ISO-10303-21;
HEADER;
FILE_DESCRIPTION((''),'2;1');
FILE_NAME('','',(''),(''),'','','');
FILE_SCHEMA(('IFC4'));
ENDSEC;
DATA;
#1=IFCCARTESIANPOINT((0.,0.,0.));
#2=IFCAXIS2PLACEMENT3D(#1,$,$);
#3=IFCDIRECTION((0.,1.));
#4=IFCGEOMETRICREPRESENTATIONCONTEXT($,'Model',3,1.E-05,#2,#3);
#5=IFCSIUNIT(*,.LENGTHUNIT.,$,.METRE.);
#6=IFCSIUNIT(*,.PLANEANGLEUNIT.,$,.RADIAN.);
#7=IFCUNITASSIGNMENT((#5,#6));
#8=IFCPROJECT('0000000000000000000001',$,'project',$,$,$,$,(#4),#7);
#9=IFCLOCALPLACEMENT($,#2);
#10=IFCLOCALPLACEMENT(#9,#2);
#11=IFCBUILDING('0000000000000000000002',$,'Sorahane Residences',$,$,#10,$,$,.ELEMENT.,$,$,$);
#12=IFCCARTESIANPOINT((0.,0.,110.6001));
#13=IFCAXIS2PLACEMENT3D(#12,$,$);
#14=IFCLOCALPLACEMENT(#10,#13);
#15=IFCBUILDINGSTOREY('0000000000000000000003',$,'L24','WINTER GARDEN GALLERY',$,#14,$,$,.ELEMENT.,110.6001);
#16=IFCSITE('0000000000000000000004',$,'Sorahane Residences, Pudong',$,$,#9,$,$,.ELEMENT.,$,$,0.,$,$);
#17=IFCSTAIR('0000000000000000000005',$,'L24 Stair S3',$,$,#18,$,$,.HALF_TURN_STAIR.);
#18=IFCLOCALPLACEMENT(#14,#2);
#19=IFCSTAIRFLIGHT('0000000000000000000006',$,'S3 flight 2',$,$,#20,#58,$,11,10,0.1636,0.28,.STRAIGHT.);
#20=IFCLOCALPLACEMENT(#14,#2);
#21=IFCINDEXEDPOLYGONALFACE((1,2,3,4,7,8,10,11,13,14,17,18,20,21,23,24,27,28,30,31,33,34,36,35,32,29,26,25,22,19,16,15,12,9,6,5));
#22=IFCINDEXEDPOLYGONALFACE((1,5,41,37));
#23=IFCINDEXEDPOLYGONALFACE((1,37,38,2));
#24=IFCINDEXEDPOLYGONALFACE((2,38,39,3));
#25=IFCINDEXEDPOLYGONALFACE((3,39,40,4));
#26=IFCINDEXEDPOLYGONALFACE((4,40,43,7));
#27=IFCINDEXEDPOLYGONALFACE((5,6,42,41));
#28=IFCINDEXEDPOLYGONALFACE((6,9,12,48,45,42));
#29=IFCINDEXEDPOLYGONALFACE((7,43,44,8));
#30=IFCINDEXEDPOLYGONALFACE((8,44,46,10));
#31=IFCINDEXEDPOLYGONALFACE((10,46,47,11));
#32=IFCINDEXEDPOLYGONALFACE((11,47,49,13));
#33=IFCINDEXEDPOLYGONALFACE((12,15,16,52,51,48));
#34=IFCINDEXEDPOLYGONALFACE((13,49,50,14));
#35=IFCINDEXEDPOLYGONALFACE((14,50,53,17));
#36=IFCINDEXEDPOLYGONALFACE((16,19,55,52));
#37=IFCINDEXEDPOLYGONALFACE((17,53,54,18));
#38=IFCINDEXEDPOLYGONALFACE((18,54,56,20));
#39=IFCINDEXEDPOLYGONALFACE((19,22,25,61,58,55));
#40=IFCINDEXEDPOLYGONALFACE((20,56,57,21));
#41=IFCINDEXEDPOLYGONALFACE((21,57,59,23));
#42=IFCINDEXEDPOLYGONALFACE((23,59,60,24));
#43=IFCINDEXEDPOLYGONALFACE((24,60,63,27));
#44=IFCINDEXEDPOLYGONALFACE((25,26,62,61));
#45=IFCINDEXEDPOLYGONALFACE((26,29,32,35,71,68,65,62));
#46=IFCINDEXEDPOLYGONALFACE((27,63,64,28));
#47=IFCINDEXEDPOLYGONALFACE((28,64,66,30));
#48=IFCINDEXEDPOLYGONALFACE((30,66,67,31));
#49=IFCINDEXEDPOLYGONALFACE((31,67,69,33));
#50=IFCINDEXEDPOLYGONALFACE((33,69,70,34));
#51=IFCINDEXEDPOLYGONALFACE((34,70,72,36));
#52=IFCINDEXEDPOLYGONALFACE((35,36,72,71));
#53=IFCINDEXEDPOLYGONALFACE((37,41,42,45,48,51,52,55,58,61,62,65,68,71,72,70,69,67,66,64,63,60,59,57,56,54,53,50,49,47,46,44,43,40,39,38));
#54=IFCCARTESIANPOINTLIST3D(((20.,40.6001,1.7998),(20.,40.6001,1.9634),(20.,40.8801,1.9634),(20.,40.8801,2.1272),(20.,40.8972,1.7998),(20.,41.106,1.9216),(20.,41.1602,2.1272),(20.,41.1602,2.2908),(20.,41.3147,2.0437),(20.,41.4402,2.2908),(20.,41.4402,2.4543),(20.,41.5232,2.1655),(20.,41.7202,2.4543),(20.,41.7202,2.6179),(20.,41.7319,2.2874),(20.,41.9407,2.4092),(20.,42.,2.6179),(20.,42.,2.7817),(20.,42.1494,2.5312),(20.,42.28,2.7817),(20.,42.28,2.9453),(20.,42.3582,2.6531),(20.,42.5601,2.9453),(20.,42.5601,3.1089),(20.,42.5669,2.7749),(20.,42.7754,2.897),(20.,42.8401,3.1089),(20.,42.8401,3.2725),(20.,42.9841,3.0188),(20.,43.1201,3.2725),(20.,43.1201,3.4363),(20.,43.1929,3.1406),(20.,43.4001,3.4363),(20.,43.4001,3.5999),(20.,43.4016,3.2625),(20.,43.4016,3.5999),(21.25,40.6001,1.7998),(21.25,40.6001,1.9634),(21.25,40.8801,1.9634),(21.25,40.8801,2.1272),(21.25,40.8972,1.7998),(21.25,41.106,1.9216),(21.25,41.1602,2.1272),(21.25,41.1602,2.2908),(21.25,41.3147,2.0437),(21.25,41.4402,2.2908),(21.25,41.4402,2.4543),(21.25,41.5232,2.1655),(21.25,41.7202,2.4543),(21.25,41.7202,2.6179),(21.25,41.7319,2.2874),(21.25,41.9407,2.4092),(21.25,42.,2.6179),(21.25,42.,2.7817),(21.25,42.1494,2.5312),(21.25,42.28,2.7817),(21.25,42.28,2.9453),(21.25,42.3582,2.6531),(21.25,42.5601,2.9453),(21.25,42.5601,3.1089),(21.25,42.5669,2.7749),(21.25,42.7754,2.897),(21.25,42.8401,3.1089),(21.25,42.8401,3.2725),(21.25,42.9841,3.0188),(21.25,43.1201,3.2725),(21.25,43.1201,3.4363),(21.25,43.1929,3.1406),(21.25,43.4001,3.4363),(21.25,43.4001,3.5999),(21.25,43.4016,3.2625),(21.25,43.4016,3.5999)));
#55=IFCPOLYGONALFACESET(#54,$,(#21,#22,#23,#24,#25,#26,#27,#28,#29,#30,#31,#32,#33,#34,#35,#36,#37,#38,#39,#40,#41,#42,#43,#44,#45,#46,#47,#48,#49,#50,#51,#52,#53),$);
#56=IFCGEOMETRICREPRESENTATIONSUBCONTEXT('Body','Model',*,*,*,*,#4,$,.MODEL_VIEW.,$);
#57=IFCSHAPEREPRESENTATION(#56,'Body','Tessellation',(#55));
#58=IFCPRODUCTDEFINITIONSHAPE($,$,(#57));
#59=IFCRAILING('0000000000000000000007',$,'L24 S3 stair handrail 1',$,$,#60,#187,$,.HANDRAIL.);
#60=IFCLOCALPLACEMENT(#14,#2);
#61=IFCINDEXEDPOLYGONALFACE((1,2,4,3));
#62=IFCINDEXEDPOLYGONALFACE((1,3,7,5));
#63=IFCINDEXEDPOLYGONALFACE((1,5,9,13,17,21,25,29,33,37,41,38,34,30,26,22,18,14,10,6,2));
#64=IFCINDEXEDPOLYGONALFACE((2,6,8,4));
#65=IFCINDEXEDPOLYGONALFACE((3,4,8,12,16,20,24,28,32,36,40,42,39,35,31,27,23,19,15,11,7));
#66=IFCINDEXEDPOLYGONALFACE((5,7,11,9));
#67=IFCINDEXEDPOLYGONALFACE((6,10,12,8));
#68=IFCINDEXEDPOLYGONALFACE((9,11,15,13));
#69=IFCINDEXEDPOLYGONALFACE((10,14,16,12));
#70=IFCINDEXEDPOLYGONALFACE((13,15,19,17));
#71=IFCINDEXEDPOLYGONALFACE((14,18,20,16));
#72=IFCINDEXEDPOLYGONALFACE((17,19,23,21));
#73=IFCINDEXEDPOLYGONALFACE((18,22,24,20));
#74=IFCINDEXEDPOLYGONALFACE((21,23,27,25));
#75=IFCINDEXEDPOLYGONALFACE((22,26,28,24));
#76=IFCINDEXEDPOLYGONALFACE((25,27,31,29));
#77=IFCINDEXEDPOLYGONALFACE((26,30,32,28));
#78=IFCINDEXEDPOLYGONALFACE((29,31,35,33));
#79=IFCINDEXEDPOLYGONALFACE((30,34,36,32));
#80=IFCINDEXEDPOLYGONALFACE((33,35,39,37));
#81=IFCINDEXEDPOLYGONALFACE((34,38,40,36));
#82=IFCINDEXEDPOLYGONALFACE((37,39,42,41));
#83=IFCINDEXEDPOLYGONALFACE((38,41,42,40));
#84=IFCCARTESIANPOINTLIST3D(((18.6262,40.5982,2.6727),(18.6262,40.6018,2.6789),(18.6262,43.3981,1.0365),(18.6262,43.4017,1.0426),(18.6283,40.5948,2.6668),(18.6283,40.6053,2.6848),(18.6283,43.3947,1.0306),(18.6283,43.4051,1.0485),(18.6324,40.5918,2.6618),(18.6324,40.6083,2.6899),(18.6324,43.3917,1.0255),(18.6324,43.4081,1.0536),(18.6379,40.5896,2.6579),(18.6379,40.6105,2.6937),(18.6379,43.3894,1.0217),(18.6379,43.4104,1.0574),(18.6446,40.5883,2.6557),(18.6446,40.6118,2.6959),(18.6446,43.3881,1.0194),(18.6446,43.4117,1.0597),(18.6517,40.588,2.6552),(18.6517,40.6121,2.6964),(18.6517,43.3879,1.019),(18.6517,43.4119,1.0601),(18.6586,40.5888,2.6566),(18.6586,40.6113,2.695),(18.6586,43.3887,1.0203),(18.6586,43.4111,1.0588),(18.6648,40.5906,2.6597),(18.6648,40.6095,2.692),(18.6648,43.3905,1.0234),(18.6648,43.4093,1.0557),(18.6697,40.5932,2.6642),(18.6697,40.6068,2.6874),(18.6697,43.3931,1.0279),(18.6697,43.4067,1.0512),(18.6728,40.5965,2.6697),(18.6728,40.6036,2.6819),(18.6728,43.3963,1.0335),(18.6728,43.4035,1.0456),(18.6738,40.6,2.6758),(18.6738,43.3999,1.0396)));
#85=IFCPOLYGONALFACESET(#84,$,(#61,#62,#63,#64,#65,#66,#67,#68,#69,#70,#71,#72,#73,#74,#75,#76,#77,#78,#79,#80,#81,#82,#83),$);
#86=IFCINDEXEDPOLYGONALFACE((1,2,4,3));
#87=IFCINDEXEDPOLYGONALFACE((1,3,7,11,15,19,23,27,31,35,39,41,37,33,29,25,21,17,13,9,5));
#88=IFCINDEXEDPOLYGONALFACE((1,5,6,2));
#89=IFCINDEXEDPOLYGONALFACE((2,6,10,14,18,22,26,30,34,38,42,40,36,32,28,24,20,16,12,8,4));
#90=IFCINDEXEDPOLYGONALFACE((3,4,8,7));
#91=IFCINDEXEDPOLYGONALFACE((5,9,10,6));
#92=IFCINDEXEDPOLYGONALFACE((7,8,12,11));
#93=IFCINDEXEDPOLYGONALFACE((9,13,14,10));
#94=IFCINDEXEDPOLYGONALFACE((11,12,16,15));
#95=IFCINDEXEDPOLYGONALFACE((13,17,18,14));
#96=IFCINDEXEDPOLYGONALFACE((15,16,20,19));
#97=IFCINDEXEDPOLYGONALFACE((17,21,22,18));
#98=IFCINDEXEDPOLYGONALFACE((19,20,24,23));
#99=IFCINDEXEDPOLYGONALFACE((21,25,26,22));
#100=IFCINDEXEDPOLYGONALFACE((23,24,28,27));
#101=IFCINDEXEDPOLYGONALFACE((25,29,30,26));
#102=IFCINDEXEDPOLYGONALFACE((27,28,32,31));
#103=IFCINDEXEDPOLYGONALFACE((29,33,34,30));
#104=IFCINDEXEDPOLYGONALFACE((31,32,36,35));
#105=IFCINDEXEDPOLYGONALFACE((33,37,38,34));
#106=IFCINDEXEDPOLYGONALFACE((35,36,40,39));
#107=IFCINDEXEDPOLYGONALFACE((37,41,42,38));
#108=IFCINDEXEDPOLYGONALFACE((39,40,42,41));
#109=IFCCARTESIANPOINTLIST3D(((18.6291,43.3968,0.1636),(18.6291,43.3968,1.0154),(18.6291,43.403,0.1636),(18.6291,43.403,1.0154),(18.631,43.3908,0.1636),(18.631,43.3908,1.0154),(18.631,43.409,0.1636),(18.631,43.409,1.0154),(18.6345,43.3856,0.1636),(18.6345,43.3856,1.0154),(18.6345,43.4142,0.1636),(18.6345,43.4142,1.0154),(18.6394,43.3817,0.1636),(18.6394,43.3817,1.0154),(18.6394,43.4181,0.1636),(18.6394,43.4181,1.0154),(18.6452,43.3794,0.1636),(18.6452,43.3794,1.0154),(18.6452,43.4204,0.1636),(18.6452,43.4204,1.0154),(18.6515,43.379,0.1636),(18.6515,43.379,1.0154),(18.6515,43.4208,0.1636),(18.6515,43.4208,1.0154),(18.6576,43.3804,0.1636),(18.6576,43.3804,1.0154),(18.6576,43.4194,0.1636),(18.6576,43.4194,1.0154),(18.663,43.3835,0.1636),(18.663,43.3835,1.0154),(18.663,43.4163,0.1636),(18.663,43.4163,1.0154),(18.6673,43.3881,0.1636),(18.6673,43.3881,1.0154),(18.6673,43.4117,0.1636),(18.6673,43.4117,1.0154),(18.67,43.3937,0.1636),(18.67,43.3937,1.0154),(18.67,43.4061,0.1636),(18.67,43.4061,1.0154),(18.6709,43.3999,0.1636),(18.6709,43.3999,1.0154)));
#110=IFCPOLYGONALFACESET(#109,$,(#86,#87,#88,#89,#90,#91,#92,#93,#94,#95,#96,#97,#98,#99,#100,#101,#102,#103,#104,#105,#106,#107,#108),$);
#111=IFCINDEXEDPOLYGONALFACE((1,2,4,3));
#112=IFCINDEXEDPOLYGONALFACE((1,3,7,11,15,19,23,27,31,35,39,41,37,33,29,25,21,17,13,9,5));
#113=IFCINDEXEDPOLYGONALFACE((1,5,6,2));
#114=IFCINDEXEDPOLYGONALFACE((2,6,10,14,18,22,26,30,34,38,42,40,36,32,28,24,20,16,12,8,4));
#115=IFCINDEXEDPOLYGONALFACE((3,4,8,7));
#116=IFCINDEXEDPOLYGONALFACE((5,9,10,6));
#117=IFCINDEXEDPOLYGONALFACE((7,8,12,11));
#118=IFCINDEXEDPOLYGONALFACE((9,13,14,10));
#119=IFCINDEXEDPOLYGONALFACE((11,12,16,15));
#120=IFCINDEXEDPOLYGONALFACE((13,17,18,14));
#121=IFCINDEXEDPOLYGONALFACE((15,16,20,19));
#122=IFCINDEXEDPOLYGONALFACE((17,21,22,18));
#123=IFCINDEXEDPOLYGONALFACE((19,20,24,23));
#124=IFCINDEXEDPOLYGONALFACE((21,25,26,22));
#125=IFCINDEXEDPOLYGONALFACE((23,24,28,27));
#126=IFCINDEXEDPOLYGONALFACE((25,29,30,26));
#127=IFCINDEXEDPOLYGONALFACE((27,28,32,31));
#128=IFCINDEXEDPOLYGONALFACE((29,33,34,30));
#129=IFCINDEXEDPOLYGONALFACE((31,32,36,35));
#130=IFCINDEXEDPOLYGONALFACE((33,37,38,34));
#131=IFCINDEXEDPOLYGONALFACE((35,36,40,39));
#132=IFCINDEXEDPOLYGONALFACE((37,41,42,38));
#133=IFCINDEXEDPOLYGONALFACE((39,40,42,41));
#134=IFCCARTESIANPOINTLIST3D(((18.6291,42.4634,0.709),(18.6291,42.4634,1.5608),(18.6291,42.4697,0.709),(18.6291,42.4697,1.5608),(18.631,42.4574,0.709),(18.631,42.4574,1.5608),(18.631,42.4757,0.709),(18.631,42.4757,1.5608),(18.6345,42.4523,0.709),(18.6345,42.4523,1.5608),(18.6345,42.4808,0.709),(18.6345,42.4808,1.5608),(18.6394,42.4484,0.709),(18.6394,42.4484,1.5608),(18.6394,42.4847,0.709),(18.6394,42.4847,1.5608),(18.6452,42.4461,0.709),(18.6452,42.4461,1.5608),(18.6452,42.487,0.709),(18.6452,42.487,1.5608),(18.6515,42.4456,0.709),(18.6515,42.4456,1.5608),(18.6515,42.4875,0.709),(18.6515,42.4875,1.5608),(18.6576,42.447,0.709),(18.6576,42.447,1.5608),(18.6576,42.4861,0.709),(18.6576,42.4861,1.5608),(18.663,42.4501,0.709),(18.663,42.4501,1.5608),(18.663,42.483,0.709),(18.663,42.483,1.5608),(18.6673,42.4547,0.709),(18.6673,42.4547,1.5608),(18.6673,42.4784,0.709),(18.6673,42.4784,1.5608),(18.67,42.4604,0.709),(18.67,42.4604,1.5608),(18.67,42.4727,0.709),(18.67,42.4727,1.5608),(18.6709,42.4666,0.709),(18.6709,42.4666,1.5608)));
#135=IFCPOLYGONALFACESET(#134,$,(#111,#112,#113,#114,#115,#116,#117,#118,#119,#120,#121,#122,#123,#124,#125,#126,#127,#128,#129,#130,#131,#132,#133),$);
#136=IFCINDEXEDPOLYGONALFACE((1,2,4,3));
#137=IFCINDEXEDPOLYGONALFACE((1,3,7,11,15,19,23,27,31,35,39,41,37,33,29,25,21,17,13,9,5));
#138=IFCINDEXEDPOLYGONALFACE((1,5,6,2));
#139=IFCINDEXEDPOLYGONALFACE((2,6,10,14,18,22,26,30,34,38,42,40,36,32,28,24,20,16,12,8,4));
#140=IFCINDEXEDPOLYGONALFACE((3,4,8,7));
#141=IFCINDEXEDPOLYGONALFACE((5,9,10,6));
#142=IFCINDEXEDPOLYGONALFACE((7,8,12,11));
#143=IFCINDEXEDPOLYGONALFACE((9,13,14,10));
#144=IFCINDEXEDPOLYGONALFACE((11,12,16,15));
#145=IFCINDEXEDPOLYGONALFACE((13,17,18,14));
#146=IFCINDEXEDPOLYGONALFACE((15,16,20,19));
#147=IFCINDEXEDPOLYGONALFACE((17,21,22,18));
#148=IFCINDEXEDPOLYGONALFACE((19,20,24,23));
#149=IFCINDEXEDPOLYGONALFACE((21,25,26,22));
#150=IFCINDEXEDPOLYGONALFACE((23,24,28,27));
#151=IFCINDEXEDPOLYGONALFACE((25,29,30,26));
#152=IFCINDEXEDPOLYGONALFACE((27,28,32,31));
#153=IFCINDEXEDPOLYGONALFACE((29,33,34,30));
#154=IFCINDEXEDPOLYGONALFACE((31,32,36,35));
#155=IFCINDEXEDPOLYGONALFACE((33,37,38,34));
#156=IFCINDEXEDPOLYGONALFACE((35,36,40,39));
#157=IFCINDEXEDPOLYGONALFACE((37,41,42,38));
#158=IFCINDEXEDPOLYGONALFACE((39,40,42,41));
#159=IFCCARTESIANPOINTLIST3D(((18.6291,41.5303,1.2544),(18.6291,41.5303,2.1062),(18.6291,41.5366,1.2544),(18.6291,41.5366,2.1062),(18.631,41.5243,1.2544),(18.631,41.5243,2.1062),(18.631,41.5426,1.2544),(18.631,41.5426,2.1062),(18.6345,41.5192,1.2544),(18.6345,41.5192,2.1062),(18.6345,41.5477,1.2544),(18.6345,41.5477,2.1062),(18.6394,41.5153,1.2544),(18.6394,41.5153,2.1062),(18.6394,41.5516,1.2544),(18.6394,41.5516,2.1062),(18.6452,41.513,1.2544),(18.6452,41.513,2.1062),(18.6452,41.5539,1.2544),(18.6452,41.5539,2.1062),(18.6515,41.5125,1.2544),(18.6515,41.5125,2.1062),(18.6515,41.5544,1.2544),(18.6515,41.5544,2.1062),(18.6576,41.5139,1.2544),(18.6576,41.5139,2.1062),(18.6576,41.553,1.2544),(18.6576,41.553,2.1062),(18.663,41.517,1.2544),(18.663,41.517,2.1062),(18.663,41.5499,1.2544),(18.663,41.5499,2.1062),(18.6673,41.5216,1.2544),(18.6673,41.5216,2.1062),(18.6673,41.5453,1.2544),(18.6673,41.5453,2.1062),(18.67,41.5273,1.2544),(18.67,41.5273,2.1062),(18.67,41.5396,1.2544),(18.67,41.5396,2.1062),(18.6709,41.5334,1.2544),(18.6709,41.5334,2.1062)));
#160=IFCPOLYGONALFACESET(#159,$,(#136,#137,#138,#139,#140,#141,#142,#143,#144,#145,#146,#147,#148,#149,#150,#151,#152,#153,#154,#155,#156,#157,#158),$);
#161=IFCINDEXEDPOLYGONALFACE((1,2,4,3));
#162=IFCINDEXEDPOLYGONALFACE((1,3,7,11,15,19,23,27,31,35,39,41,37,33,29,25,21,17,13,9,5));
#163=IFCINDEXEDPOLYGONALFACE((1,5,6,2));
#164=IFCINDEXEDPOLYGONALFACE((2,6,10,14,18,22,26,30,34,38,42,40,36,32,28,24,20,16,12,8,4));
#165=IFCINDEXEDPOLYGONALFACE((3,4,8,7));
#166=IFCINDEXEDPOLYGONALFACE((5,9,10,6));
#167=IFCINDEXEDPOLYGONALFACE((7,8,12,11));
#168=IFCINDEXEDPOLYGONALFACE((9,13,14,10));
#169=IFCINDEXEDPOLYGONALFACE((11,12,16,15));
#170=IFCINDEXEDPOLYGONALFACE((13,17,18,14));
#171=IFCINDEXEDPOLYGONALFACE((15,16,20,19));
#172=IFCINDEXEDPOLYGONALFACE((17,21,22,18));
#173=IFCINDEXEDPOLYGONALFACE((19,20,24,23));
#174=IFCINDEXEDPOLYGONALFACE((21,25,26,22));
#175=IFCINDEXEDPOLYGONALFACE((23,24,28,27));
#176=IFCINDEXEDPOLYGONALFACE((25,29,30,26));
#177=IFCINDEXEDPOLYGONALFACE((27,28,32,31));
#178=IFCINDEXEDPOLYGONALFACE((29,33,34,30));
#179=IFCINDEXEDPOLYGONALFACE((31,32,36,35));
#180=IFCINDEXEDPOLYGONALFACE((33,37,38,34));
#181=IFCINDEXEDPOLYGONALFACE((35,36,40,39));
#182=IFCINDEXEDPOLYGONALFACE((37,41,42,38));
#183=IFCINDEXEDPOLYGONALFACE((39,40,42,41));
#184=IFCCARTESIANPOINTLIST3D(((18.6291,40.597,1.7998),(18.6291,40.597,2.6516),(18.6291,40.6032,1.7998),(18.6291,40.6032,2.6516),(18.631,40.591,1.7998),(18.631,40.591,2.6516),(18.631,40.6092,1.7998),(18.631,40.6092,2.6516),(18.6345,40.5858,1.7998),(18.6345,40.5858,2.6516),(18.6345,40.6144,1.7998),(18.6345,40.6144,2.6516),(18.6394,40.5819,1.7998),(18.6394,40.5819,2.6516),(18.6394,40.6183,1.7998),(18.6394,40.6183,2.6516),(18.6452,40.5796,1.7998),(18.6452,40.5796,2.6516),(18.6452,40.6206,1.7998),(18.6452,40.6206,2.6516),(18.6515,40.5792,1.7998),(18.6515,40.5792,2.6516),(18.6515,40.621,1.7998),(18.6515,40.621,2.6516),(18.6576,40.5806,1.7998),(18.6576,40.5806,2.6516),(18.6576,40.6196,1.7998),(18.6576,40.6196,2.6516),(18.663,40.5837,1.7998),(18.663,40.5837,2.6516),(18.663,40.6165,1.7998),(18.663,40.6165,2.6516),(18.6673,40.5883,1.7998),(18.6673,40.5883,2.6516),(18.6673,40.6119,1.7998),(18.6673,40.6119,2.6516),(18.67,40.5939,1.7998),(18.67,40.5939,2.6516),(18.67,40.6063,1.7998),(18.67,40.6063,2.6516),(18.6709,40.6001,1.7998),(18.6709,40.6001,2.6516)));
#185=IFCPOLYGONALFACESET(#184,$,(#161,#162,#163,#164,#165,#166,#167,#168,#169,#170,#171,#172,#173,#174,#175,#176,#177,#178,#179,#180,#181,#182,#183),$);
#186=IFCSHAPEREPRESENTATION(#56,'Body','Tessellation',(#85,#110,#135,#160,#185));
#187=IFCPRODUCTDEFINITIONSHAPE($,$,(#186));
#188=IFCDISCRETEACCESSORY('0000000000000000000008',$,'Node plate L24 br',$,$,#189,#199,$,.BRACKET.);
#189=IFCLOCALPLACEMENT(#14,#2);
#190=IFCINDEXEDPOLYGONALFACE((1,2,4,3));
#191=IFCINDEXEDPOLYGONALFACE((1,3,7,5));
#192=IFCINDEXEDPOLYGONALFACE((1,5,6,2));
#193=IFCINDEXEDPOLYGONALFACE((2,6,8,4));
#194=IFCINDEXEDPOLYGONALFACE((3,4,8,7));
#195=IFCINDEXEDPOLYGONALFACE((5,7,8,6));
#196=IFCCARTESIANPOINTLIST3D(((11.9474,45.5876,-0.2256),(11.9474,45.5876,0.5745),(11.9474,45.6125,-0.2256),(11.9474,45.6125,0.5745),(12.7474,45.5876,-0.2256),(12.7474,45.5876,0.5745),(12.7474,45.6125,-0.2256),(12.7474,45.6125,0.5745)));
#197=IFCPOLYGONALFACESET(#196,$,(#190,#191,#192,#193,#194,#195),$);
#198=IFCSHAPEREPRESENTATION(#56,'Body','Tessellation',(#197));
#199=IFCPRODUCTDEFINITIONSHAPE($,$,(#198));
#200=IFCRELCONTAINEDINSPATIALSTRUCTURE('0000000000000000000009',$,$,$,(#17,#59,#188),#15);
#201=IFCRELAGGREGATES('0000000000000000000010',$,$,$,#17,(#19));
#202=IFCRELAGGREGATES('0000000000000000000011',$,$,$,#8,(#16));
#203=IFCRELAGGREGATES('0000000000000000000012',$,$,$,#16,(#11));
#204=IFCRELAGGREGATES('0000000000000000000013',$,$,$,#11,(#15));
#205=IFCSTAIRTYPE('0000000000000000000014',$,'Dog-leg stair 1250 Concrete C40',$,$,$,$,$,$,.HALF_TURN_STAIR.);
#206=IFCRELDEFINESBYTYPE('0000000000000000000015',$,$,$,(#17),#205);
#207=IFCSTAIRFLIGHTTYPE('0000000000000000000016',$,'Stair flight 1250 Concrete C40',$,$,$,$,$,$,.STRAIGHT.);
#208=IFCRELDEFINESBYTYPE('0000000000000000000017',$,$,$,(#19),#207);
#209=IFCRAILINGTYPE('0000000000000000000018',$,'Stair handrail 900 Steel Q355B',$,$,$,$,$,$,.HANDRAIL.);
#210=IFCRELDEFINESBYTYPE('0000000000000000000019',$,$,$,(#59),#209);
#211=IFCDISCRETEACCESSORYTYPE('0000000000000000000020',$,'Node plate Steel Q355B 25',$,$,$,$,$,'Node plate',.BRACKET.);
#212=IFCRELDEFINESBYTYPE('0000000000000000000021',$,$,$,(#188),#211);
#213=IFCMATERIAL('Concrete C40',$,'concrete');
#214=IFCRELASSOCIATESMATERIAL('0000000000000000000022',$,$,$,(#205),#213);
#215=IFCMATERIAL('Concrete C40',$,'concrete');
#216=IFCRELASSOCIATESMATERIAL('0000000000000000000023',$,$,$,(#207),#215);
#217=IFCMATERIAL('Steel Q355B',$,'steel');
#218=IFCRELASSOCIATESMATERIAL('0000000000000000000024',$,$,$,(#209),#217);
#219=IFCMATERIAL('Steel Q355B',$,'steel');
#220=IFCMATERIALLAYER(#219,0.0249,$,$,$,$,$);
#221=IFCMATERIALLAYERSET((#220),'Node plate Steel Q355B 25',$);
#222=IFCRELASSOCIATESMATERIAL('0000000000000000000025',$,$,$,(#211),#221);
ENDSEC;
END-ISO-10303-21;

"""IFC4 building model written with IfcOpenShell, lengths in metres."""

from ifc_helpers import new_model, si_unit, direction, frame, origin, origin_2d, place, context, subcontext, project, spatial, polyline, rectangle, circle, outline, extrude, material, layer, layer_set, type_object, element, aggregate, save


model = new_model("IFC4")

# Units and contexts
model_context = context("Model", 3, precision=1e-05, world=origin(), true_north=direction((0.0, 1.0)))
body_context = subcontext(model_context, "Body", "Model", "MODEL_VIEW")
ifc_project = project(units=[si_unit("LENGTHUNIT", "METRE"), si_unit("PLANEANGLEUNIT", "RADIAN")], contexts=[model_context])

# Site, building, storey
site_placement = place(None, origin())
site = spatial("IfcSite", under=ifc_project, at=site_placement, Name="Sorahane Residences, Pudong", CompositionType="ELEMENT", RefElevation=0.0)
building_placement = place(site_placement, origin())
building = spatial("IfcBuilding", under=site, at=building_placement, Name="Sorahane Residences", CompositionType="ELEMENT")
storey_placement = place(building_placement, frame((0.0, 0.0, 110.6001)))
storey = spatial("IfcBuildingStorey", under=building, at=storey_placement, Name="L24", Description="WINTER GARDEN GALLERY", CompositionType="ELEMENT", Elevation=110.6001)

# Shared definitions
ifc_material_1 = material(Name="Concrete C40", Category="concrete")
stair_type = type_object("IfcStairType", Name="Dog-leg stair 1250 Concrete C40", PredefinedType="HALF_TURN_STAIR", material=ifc_material_1)
ifc_material_2 = material(Name="Concrete C40", Category="concrete")
stair_flight_type = type_object("IfcStairFlightType", Name="Stair flight 1250 Concrete C40", PredefinedType="STRAIGHT", material=ifc_material_2)

# Stair, stair flight
stair_1_placement = place(storey_placement, origin())
stair_1 = element("IfcStair", 1, at=stair_1_placement, inside=storey, type_object=stair_type, Name="L24 Stair S3", PredefinedType="HALF_TURN_STAIR")
stair_flight_1_placement = place(storey_placement, frame((20.625, 40.6001, 1.7998), z_axis=(0.0, 0.0, 1.0), x_axis=(0.0, 1.0, 0.0)))
stair_flight_1 = element("IfcStairFlight", 2, at=stair_flight_1_placement, type_object=stair_flight_type, Name="S3 flight 2", NumberOfRisers=11, NumberOfTreads=10, PredefinedType="STRAIGHT", RiserHeight=0.1636, TreadLength=0.28, context=body_context, shape_type="SweptSolid", body=[
    extrude(outline(polyline([(0.0, 0.0), (0.0, 0.1636), (0.28, 0.1636), (0.28, 0.3274), (0.5601, 0.3274), (0.5601, 0.491), (0.8401, 0.491), (0.8401, 0.6545), (1.1201, 0.6545), (1.1201, 0.8181), (1.3999, 0.8181), (1.3999, 0.9819), (1.6799, 0.9819), (1.6799, 1.1455), (1.96, 1.1455), (1.96, 1.3091), (2.24, 1.3091), (2.24, 1.4727), (2.52, 1.4727), (2.52, 1.6365), (2.8, 1.6365), (2.8, 1.8), (2.8015, 1.8), (2.8015, 1.4626), (2.5928, 1.3408), (2.384, 1.219), (2.1753, 1.0972), (1.9668, 0.9751), (1.7581, 0.8533), (1.5493, 0.7314), (1.3406, 0.6094), (1.1318, 0.4875), (0.9231, 0.3657), (0.7146, 0.2439), (0.5059, 0.1218), (0.2971, 0.0), (0.0, 0.0)])), frame((0.0, 0.625, 0.0), z_axis=(0.0, -1.0, 0.0), x_axis=(1.0, 0.0, 0.0)), (0.0, 0.0, 1.0), 1.25),
])
aggregate(stair_1, [stair_flight_1])

# Railing
ifc_material_3 = material(Name="Steel Q355B", Category="steel")
railing_type_1 = type_object("IfcRailingType", Name="Stair handrail 900 Steel Q355B", PredefinedType="HANDRAIL", material=ifc_material_3)
railing_1_placement = place(storey_placement, frame((18.6499, 43.3999, 0.1636)))
element("IfcRailing", 3, at=railing_1_placement, inside=storey, type_object=railing_type_1, Name="L24 S3 stair handrail 1", PredefinedType="HANDRAIL", context=body_context, shape_type="SweptSolid", body=[
    extrude(circle(Radius=0.0239, at=origin_2d()), frame((0.0, 0.0, 0.876), z_axis=(0.0, -0.863374, 0.504564), x_axis=(1.0, 0.0, 0.0)), (0.0, 0.0, 1.0), 3.2429),
    extrude(circle(Radius=0.021, at=origin_2d()), origin(), (0.0, 0.0, 1.0), 0.8518),
    extrude(circle(Radius=0.021, at=origin_2d()), frame((0.0, -0.9333, 0.5454)), (0.0, 0.0, 1.0), 0.8518),
    extrude(circle(Radius=0.021, at=origin_2d()), frame((0.0, -1.8665, 1.0908)), (0.0, 0.0, 1.0), 0.8518),
    extrude(circle(Radius=0.021, at=origin_2d()), frame((0.0, -2.7998, 1.6362)), (0.0, 0.0, 1.0), 0.8518),
])

# Discrete accessory
ifc_material_4 = material(Name="Steel Q355B", Category="steel")
ifc_layer_1 = layer(ifc_material_4, 0.0249)
ifc_layer_set_1 = layer_set([ifc_layer_1], Name="Node plate Steel Q355B 25")
discrete_accessory_type = type_object("IfcDiscreteAccessoryType", Name="Node plate Steel Q355B 25", ElementType="Node plate", PredefinedType="BRACKET", material=ifc_layer_set_1)
for number, where, z_axis, x_axis, name in (
    (4, (12.3474, 45.6001, -0.2256), (0.0, 0.0, 1.0), (1.0, 0.0, 0.0), "Node plate L24 br"),
):
    element("IfcDiscreteAccessory", number, at=place(storey_placement, frame(where, z_axis=z_axis, x_axis=x_axis)), inside=storey, type_object=discrete_accessory_type, Name=name, PredefinedType="BRACKET", context=body_context, shape_type="SweptSolid", body=[
        extrude(rectangle(XDim=0.8, YDim=0.0249, at=origin_2d()), origin(), (0.0, 0.0, 1.0), 0.8),
    ])

save(model, "model.ifc")
